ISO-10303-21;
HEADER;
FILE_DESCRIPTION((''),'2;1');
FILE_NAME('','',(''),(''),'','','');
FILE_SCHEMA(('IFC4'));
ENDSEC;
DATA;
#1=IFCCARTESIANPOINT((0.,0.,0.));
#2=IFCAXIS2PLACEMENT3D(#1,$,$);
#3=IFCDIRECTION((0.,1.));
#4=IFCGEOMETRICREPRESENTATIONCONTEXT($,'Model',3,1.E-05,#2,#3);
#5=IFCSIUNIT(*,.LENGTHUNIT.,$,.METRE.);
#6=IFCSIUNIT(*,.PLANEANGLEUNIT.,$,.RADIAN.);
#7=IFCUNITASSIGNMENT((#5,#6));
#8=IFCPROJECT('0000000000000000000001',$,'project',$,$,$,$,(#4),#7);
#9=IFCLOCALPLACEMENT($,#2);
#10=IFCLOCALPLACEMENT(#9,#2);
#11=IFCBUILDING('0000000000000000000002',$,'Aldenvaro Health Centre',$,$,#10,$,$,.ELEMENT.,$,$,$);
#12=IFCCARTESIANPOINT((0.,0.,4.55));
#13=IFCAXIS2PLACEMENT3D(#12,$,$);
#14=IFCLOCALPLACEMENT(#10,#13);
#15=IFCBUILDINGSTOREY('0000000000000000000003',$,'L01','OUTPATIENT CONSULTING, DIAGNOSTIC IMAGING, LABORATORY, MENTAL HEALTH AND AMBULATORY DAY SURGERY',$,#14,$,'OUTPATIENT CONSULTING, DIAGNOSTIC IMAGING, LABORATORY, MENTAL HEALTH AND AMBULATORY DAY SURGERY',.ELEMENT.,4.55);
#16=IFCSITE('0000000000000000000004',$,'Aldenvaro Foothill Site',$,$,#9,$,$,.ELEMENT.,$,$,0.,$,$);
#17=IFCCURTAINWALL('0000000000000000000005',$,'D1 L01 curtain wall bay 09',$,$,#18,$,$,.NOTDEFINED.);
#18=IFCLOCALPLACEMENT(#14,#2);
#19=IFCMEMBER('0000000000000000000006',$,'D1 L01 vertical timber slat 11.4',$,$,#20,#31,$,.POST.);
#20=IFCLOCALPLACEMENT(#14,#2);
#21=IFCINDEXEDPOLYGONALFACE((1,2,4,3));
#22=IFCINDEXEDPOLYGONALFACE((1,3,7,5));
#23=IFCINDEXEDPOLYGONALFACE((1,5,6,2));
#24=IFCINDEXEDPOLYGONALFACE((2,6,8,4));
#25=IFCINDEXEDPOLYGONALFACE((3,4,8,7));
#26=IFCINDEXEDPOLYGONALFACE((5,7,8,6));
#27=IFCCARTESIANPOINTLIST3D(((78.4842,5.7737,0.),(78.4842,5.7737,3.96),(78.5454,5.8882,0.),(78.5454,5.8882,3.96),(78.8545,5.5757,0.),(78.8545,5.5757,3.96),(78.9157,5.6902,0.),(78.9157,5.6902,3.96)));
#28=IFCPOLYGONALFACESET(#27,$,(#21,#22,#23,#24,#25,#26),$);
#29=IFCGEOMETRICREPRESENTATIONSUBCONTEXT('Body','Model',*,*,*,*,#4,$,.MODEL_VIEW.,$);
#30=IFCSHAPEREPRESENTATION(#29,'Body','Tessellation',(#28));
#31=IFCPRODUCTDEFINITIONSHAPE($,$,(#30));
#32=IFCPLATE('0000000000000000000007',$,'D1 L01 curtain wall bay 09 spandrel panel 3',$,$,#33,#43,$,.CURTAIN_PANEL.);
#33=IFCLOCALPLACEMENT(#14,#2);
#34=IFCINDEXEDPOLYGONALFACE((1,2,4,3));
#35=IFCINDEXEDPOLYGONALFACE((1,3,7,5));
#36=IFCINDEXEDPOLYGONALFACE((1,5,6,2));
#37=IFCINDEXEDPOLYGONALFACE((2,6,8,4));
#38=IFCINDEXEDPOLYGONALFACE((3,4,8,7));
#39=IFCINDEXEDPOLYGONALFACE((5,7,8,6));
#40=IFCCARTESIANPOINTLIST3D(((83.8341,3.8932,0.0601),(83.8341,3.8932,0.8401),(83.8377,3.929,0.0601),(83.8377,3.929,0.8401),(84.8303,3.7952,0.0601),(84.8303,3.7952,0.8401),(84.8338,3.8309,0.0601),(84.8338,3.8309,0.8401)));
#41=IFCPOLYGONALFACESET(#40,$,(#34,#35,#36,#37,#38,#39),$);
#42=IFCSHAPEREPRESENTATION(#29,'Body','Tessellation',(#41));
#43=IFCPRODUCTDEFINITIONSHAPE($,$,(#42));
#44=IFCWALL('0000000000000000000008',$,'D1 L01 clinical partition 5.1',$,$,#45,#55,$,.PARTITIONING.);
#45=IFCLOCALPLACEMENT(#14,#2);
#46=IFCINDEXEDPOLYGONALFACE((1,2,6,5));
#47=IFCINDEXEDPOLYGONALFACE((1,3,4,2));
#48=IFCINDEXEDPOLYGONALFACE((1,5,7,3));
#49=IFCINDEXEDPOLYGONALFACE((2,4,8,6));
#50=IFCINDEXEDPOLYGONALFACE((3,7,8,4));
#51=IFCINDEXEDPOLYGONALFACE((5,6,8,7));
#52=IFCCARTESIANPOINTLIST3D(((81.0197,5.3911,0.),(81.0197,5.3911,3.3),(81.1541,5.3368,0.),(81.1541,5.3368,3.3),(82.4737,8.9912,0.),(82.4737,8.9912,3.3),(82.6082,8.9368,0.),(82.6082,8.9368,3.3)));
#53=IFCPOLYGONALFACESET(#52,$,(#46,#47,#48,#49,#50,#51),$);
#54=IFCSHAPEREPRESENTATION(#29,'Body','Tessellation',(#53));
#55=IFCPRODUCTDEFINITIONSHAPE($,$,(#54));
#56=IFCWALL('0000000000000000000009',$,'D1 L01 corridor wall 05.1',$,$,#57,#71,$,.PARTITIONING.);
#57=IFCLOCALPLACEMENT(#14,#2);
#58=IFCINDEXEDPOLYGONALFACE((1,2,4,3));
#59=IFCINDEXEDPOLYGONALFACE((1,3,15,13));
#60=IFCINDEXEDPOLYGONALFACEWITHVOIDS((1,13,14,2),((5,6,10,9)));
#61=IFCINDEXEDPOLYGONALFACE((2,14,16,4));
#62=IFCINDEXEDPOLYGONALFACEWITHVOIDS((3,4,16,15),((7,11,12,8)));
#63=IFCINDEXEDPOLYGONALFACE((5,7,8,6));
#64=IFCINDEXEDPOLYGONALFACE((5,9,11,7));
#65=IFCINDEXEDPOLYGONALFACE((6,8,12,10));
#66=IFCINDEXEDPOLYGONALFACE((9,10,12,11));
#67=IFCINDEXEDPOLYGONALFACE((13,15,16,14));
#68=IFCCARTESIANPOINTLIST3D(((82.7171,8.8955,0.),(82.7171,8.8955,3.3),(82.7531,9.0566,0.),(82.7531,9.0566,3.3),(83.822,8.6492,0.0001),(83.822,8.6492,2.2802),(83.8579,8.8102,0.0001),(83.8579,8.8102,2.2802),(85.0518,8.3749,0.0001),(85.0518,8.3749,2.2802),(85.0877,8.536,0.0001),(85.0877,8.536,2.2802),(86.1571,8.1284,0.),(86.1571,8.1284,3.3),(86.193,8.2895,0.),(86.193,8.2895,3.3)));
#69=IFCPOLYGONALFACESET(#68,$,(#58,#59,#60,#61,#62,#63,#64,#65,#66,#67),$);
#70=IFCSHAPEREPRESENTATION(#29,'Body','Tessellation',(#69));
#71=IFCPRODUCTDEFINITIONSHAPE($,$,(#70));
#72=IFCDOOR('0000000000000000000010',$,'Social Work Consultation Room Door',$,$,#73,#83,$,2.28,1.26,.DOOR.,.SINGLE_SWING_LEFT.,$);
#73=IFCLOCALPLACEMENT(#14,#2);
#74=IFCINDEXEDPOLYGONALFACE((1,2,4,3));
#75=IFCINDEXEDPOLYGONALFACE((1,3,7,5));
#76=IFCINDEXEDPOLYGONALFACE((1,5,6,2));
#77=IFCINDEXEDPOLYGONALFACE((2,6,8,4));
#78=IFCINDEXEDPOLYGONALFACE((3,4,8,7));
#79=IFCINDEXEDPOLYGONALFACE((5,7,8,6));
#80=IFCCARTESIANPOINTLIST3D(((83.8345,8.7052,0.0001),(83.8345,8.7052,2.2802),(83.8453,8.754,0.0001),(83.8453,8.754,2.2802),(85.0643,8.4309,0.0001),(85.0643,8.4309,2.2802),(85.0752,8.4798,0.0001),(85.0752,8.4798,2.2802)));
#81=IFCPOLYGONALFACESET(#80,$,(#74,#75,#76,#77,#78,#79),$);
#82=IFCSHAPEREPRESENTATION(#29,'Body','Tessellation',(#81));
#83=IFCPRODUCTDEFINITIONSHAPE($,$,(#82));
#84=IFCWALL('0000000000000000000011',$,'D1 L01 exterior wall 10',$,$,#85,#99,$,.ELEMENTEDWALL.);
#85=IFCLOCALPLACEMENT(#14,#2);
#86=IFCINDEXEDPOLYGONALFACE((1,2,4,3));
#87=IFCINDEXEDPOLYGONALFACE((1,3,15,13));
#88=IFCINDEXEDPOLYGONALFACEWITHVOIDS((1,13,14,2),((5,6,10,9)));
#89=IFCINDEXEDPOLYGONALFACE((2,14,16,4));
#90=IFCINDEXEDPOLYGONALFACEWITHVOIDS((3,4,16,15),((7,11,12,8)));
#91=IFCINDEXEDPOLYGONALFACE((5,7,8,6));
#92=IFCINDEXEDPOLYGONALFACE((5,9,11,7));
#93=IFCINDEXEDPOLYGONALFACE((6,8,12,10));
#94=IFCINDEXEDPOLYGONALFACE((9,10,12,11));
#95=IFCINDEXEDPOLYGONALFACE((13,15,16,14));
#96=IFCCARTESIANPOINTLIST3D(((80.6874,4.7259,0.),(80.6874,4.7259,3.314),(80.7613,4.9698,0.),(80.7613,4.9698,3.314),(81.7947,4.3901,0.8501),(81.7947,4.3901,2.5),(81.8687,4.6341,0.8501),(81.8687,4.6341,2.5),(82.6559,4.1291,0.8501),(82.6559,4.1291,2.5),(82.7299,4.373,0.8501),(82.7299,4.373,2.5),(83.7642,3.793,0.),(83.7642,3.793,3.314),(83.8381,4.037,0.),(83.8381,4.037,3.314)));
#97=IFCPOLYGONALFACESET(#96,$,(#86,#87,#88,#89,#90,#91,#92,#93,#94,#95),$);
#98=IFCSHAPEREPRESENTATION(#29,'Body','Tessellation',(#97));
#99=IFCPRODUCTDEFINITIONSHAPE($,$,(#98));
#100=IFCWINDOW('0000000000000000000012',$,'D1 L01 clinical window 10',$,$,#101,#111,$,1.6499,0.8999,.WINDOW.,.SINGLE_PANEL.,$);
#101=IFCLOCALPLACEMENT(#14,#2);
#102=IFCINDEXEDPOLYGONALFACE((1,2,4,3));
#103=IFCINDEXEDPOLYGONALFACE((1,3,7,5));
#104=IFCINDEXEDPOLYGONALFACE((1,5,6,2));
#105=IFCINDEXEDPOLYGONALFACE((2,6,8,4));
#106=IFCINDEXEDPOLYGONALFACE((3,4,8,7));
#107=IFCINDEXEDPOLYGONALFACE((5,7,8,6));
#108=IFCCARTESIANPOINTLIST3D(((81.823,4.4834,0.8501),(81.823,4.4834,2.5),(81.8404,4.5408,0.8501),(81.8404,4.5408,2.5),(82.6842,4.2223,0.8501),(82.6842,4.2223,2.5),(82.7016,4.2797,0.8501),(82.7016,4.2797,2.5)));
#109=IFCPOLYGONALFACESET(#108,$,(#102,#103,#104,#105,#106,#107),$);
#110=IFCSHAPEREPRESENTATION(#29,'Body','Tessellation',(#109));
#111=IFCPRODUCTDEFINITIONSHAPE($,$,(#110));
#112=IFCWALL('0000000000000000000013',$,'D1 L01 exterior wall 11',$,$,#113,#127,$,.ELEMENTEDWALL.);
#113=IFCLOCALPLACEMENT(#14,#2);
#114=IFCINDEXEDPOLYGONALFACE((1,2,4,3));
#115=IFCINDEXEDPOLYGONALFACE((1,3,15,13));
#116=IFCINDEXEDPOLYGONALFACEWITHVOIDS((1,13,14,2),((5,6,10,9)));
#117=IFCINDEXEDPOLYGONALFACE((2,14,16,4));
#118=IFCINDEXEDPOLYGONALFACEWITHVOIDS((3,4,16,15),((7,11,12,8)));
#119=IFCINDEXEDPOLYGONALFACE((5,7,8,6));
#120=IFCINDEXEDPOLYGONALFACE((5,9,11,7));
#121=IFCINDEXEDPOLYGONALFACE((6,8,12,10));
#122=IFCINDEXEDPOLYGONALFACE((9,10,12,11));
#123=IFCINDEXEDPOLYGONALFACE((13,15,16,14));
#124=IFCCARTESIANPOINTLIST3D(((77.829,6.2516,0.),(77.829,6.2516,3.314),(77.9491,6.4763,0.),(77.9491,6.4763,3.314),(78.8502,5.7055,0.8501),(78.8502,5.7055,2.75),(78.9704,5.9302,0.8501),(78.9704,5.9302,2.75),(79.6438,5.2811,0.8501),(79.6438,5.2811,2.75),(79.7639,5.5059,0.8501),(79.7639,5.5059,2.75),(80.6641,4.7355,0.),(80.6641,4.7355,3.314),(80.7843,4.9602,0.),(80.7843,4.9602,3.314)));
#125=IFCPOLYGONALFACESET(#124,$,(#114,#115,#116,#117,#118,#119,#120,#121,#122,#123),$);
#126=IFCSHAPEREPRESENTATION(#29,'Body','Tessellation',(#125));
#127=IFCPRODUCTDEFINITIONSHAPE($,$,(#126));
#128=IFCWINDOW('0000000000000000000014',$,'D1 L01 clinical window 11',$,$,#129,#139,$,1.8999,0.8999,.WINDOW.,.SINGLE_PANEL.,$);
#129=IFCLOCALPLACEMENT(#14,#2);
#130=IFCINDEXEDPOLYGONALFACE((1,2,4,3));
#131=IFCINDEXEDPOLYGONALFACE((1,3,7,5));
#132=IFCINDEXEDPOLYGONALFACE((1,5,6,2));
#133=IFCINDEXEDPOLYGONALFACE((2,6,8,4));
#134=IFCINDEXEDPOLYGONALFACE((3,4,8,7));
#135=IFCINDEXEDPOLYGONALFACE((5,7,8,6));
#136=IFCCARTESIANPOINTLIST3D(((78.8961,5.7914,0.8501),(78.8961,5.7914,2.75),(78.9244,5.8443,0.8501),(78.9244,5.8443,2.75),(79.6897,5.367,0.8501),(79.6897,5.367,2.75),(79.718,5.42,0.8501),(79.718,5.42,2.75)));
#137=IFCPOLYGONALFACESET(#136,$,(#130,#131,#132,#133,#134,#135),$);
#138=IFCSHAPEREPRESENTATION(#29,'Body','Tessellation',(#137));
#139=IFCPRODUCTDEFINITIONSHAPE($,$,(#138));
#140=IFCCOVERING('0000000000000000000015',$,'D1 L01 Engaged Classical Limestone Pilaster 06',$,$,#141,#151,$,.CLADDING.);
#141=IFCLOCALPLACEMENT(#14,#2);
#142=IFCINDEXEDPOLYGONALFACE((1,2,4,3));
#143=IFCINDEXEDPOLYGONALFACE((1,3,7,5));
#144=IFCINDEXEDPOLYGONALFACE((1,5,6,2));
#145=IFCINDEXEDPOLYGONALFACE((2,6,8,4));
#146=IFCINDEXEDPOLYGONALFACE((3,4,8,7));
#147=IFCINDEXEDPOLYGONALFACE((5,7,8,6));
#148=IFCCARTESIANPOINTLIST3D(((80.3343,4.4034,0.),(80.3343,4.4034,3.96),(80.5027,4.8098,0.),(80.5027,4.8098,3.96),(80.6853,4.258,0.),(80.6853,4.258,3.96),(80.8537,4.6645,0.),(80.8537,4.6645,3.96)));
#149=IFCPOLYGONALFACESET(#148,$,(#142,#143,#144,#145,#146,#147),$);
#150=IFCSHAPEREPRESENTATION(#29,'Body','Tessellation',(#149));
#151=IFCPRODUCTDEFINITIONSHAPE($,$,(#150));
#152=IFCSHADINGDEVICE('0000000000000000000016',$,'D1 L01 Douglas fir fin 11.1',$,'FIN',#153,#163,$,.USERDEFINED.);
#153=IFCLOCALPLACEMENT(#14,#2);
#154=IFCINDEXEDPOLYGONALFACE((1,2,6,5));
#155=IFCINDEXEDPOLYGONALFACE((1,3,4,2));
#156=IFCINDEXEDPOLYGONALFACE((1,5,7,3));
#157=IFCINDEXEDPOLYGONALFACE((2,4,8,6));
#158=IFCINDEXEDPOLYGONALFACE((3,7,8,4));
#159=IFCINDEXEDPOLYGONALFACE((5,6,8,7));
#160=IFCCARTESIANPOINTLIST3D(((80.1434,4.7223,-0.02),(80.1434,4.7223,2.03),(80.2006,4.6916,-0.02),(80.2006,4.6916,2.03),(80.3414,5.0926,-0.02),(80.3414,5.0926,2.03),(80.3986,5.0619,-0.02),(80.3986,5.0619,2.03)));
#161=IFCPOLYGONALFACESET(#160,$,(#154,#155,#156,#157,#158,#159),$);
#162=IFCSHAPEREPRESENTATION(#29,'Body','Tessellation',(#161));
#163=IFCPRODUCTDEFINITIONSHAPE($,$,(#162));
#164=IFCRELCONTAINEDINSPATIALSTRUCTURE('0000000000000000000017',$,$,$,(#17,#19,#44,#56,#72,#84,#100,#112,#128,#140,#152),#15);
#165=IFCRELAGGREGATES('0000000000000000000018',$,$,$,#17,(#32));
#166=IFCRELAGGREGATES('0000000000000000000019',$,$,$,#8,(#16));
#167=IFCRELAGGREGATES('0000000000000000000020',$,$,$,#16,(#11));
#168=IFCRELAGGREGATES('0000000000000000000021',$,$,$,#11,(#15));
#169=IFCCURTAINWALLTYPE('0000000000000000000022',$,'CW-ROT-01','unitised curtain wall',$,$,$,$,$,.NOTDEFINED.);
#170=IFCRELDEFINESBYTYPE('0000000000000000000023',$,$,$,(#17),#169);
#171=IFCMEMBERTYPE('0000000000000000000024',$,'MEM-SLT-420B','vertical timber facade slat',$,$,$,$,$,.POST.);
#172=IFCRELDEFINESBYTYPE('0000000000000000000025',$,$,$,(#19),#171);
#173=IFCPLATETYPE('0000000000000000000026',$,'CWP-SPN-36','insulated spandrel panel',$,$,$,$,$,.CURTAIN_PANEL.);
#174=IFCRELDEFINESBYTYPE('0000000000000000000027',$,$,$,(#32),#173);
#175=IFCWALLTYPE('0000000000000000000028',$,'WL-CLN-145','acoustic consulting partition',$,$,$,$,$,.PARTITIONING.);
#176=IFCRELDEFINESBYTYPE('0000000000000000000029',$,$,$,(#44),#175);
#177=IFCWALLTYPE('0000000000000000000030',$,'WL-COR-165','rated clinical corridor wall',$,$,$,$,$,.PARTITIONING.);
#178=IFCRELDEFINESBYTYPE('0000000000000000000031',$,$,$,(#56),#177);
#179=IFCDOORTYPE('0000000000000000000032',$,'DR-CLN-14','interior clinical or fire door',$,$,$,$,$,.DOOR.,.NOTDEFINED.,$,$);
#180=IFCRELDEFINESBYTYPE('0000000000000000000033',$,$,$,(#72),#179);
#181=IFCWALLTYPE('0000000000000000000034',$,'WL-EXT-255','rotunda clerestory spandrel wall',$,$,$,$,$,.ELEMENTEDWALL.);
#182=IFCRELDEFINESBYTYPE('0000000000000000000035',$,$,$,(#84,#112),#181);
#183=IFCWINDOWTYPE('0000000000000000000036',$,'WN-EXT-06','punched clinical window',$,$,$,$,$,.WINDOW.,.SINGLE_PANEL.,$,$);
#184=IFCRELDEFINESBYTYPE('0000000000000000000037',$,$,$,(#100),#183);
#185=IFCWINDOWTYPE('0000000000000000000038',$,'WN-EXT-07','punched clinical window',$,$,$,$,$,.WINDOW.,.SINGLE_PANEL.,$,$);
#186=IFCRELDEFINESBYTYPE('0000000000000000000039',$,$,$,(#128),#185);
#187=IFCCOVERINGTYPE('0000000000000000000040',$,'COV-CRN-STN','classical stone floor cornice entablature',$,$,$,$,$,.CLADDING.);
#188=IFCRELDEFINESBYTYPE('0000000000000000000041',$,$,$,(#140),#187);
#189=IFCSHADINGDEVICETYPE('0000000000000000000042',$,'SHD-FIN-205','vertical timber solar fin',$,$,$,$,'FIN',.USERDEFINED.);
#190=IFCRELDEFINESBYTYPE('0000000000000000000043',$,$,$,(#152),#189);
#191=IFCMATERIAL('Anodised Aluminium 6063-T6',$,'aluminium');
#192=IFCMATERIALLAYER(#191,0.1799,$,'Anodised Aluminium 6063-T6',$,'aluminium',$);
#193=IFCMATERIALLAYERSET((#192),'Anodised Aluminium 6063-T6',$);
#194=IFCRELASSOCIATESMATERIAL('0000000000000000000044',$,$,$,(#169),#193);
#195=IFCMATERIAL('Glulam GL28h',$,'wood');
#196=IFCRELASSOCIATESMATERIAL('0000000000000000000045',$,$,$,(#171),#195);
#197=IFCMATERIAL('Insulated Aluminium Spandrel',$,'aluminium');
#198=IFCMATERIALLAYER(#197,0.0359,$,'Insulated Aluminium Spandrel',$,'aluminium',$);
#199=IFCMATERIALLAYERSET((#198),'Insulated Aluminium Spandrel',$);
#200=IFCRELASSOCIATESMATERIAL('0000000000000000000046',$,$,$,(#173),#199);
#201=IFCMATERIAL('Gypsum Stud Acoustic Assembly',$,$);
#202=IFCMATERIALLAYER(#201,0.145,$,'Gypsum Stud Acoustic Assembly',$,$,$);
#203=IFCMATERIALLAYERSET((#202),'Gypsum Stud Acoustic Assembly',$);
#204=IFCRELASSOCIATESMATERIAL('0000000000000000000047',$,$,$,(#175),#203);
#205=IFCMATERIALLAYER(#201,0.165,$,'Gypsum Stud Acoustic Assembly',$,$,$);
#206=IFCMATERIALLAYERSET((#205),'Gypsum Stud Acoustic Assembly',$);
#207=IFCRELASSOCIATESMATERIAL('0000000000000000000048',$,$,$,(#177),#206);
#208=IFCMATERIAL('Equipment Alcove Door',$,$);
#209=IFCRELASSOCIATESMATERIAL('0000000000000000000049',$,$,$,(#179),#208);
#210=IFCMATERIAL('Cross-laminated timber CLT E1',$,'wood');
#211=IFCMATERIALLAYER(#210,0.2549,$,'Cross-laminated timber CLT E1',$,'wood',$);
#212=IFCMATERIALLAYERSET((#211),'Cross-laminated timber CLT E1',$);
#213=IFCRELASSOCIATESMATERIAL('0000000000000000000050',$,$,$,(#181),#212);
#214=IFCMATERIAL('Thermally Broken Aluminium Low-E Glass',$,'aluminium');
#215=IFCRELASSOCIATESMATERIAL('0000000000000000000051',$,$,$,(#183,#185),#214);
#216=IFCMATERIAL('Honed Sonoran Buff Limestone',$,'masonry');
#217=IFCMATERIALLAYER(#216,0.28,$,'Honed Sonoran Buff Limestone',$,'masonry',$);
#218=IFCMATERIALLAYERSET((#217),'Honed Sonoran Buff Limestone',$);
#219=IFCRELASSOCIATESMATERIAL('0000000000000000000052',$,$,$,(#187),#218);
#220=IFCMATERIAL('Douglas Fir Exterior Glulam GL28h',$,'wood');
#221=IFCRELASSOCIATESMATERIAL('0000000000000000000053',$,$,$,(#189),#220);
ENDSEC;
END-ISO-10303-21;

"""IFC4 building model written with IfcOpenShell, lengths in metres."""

from ifc_helpers import new_model, si_unit, direction, frame, frame_2d, origin, origin_2d, place, context, subcontext, project, spatial, rectangle, extrude, material, layer, layer_set, material_profile, profile_set, type_object, element, fill, aggregate, save


model = new_model("IFC4")

# Units and contexts
model_context = context("Model", 3, precision=1e-05, world=origin(), true_north=direction((0.0, 1.0)))
body_context = subcontext(model_context, "Body", "Model", "MODEL_VIEW")
ifc_project = project(units=[si_unit("LENGTHUNIT", "METRE"), si_unit("PLANEANGLEUNIT", "RADIAN")], contexts=[model_context])

# Site, building, storey
site_placement = place(None, origin())
site = spatial("IfcSite", under=ifc_project, at=site_placement, Name="Aldenvaro Foothill Site", CompositionType="ELEMENT", RefElevation=0.0)
building_placement = place(site_placement, origin())
building = spatial("IfcBuilding", under=site, at=building_placement, Name="Aldenvaro Health Centre", CompositionType="ELEMENT")
storey_placement = place(building_placement, frame((0.0, 0.0, 4.55)))
storey = spatial("IfcBuildingStorey", under=building, at=storey_placement, Name="L01", Description="OUTPATIENT CONSULTING, DIAGNOSTIC IMAGING, LABORATORY, MENTAL HEALTH AND AMBULATORY DAY SURGERY", LongName="OUTPATIENT CONSULTING, DIAGNOSTIC IMAGING, LABORATORY, MENTAL HEALTH AND AMBULATORY DAY SURGERY", CompositionType="ELEMENT", Elevation=4.55)

# Shared definitions
ifc_material_1 = material(Name="Glulam GL28h", Category="wood")

# Curtain wall
ifc_material_2 = material(Name="Anodised Aluminium 6063-T6", Category="aluminium")
ifc_layer_1 = layer(ifc_material_2, 0.1799, Name="Anodised Aluminium 6063-T6", Category="aluminium")
ifc_layer_set_1 = layer_set([ifc_layer_1], Name="Anodised Aluminium 6063-T6")
curtain_wall_type = type_object("IfcCurtainWallType", Name="CW-ROT-01", Description="unitised curtain wall", PredefinedType="NOTDEFINED", material=ifc_layer_set_1)
curtain_wall_placement = place(storey_placement, origin())
curtain_wall = element("IfcCurtainWall", 1, at=curtain_wall_placement, inside=storey, type_object=curtain_wall_type, Name="D1 L01 curtain wall bay 09", PredefinedType="NOTDEFINED")

# Member
ifc_material_profile_1 = material_profile(ifc_material_1, rectangle(XDim=0.1299, YDim=0.4199, at=origin_2d()), Name="GL 130x420", Category="wood")
ifc_profile_set_1 = profile_set([ifc_material_profile_1], Name="Glulam GL28h")
member_type_1 = type_object("IfcMemberType", Name="MEM-SLT-420B", Description="vertical timber facade slat", PredefinedType="POST", material=ifc_profile_set_1)
for number, where, z_axis, x_axis, name in (
    (2, (78.7, 5.7319, 0.0), (0.0, 0.0, 1.0), (-0.471557, -0.881836, 0.0), "D1 L01 vertical timber slat 11.4"),
):
    element("IfcMember", number, at=place(storey_placement, frame(where, z_axis=z_axis, x_axis=x_axis)), inside=storey, type_object=member_type_1, Name=name, PredefinedType="POST", context=body_context, shape_type="SweptSolid", body=[
        extrude(rectangle(XDim=0.1299, YDim=0.4199, at=origin_2d()), origin(), (0.0, 0.0, 1.0), 3.96),
    ])

# Plate
ifc_material_3 = material(Name="Insulated Aluminium Spandrel", Category="aluminium")
ifc_layer_2 = layer(ifc_material_3, 0.0359, Name="Insulated Aluminium Spandrel", Category="aluminium")
ifc_layer_set_2 = layer_set([ifc_layer_2], Name="Insulated Aluminium Spandrel")
plate_type = type_object("IfcPlateType", Name="CWP-SPN-36", Description="insulated spandrel panel", PredefinedType="CURTAIN_PANEL", material=ifc_layer_set_2)
plate_placement = place(storey_placement, frame((84.334, 3.8621, 0.0601), z_axis=(0.0, 0.0, 1.0), x_axis=(-0.995187, 0.097994, 0.0)))
plate = element("IfcPlate", 3, at=plate_placement, type_object=plate_type, Name="D1 L01 curtain wall bay 09 spandrel panel 3", PredefinedType="CURTAIN_PANEL", context=body_context, shape_type="SweptSolid", body=[
    extrude(rectangle(XDim=1.001, YDim=0.0359, at=origin_2d()), origin(), (0.0, 0.0, 1.0), 0.78),
])
aggregate(curtain_wall, [plate])

# Wall
ifc_material_4 = material(Name="Gypsum Stud Acoustic Assembly")
ifc_layer_3 = layer(ifc_material_4, 0.145, Name="Gypsum Stud Acoustic Assembly")
ifc_layer_set_3 = layer_set([ifc_layer_3], Name="Gypsum Stud Acoustic Assembly")
wall_type_1 = type_object("IfcWallType", Name="WL-CLN-145", Description="acoustic consulting partition", PredefinedType="PARTITIONING", material=ifc_layer_set_3)
wall_1_placement = place(storey_placement, frame((82.541, 8.9641, 0.0), z_axis=(0.0, 0.0, 1.0), x_axis=(-0.374511, -0.927223, 0.0)))
element("IfcWall", 4, at=wall_1_placement, inside=storey, type_object=wall_type_1, Name="D1 L01 clinical partition 5.1", PredefinedType="PARTITIONING", context=body_context, shape_type="SweptSolid", body=[
    extrude(rectangle(XDim=3.8826, YDim=0.145, at=frame_2d((1.9414, 0.0))), origin(), (0.0, 0.0, 1.0), 3.3),
])

# Wall, opening, door
ifc_layer_4 = layer(ifc_material_4, 0.165, Name="Gypsum Stud Acoustic Assembly")
ifc_layer_set_4 = layer_set([ifc_layer_4], Name="Gypsum Stud Acoustic Assembly")
wall_type_2 = type_object("IfcWallType", Name="WL-COR-165", Description="rated clinical corridor wall", PredefinedType="PARTITIONING", material=ifc_layer_set_4)
wall_2_placement = place(storey_placement, frame((82.7351, 8.9761, 0.0), z_axis=(0.0, 0.0, 1.0), x_axis=(0.976027, -0.217649, 0.0)))
wall_2 = element("IfcWall", 5, at=wall_2_placement, inside=storey, type_object=wall_type_2, Name="D1 L01 corridor wall 05.1", PredefinedType="PARTITIONING", context=body_context, shape_type="SweptSolid", body=[
    extrude(rectangle(XDim=3.5244, YDim=0.165, at=frame_2d((1.7622, 0.0))), origin(), (0.0, 0.0, 1.0), 3.3),
])
opening_1_placement = place(wall_2_placement, frame((1.1321, 0.0, 0.0)))
opening_1 = element("IfcOpeningElement", 6, at=opening_1_placement, cuts=wall_2, PredefinedType="OPENING", context=body_context, shape_type="SweptSolid", body=[
    extrude(rectangle(XDim=1.26, YDim=2.28, at=frame_2d((0.6299, 1.1401))), frame((0.0, 0.0925, 0.0), z_axis=(0.0, -1.0, 0.0), x_axis=(1.0, 0.0, 0.0)), (0.0, 0.0, 1.0), 0.1851),
])
ifc_material_5 = material(Name="Equipment Alcove Door")
door_type = type_object("IfcDoorType", Name="DR-CLN-14", Description="interior clinical or fire door", OperationType="NOTDEFINED", PredefinedType="DOOR", material=ifc_material_5)
door_placement = place(opening_1_placement, origin())
door = element("IfcDoor", 7, at=door_placement, inside=storey, type_object=door_type, Name="Social Work Consultation Room Door", OperationType="SINGLE_SWING_LEFT", OverallHeight=2.28, OverallWidth=1.26, PredefinedType="DOOR", context=body_context, shape_type="SweptSolid", body=[
    extrude(rectangle(XDim=1.26, YDim=2.28, at=frame_2d((0.6299, 1.1401))), frame((0.0, 0.0249, 0.0), z_axis=(0.0, -1.0, 0.0), x_axis=(1.0, 0.0, 0.0)), (0.0, 0.0, 1.0), 0.05),
])
fill(opening_1, door)

# Walls, openings, windows
ifc_material_6 = material(Name="Cross-laminated timber CLT E1", Category="wood")
ifc_layer_5 = layer(ifc_material_6, 0.2549, Name="Cross-laminated timber CLT E1", Category="wood")
ifc_layer_set_5 = layer_set([ifc_layer_5], Name="Cross-laminated timber CLT E1")
wall_type_3 = type_object("IfcWallType", Name="WL-EXT-255", Description="rotunda clerestory spandrel wall", PredefinedType="ELEMENTEDWALL", material=ifc_layer_set_5)
wall_3_placement = place(storey_placement, frame((83.801, 3.915, 0.0), z_axis=(0.0, 0.0, 1.0), x_axis=(-0.956984, 0.29014, 0.0)))
wall_3 = element("IfcWall", 8, at=wall_3_placement, inside=storey, type_object=wall_type_3, Name="D1 L01 exterior wall 10", PredefinedType="ELEMENTEDWALL", context=body_context, shape_type="SweptSolid", body=[
    extrude(rectangle(XDim=3.2151, YDim=0.2549, at=frame_2d((1.6074, 0.0))), origin(), (0.0, 0.0, 1.0), 3.314),
])
opening_2_placement = place(wall_3_placement, frame((1.158, 0.0, 0.8501)))
opening_2 = element("IfcOpeningElement", 9, at=opening_2_placement, cuts=wall_3, PredefinedType="OPENING", context=body_context, shape_type="SweptSolid", body=[
    extrude(rectangle(XDim=0.8999, YDim=1.6499, at=frame_2d((0.45, 0.825))), frame((0.0, 0.1375, 0.0), z_axis=(0.0, -1.0, 0.0), x_axis=(1.0, 0.0, 0.0)), (0.0, 0.0, 1.0), 0.2749),
])
ifc_material_7 = material(Name="Thermally Broken Aluminium Low-E Glass", Category="aluminium")
window_type_1 = type_object("IfcWindowType", Name="WN-EXT-06", Description="punched clinical window", PartitioningType="SINGLE_PANEL", PredefinedType="WINDOW", material=ifc_material_7)
window_1_placement = place(opening_2_placement, origin())
window_1 = element("IfcWindow", 10, at=window_1_placement, inside=storey, type_object=window_type_1, Name="D1 L01 clinical window 10", OverallHeight=1.6499, OverallWidth=0.8999, PartitioningType="SINGLE_PANEL", PredefinedType="WINDOW", context=body_context, shape_type="SweptSolid", body=[
    extrude(rectangle(XDim=0.8999, YDim=1.6499, at=frame_2d((0.45, 0.825))), frame((0.0, 0.03, 0.0), z_axis=(0.0, -1.0, 0.0), x_axis=(1.0, 0.0, 0.0)), (0.0, 0.0, 1.0), 0.0601),
])
fill(opening_2, window_1)
wall_4_placement = place(storey_placement, frame((80.7241, 4.8479, 0.0), z_axis=(0.0, 0.0, 1.0), x_axis=(-0.881835, 0.471558, 0.0)))
wall_4 = element("IfcWall", 11, at=wall_4_placement, inside=storey, type_object=wall_type_3, Name="D1 L01 exterior wall 11", PredefinedType="ELEMENTEDWALL", context=body_context, shape_type="SweptSolid", body=[
    extrude(rectangle(XDim=3.2151, YDim=0.2549, at=frame_2d((1.6074, 0.0))), origin(), (0.0, 0.0, 1.0), 3.314),
])
opening_3_placement = place(wall_4_placement, frame((1.157, 0.0, 0.8501)))
opening_3 = element("IfcOpeningElement", 12, at=opening_3_placement, cuts=wall_4, PredefinedType="OPENING", context=body_context, shape_type="SweptSolid", body=[
    extrude(rectangle(XDim=0.8999, YDim=1.8999, at=frame_2d((0.45, 0.95))), frame((0.0, 0.1375, 0.0), z_axis=(0.0, -1.0, 0.0), x_axis=(1.0, 0.0, 0.0)), (0.0, 0.0, 1.0), 0.2749),
])
window_type_2 = type_object("IfcWindowType", Name="WN-EXT-07", Description="punched clinical window", PartitioningType="SINGLE_PANEL", PredefinedType="WINDOW", material=ifc_material_7)
window_2_placement = place(opening_3_placement, origin())
window_2 = element("IfcWindow", 13, at=window_2_placement, inside=storey, type_object=window_type_2, Name="D1 L01 clinical window 11", OverallHeight=1.8999, OverallWidth=0.8999, PartitioningType="SINGLE_PANEL", PredefinedType="WINDOW", context=body_context, shape_type="SweptSolid", body=[
    extrude(rectangle(XDim=0.8999, YDim=1.8999, at=frame_2d((0.45, 0.95))), frame((0.0, 0.03, 0.0), z_axis=(0.0, -1.0, 0.0), x_axis=(1.0, 0.0, 0.0)), (0.0, 0.0, 1.0), 0.0601),
])
fill(opening_3, window_2)

# Covering
ifc_material_8 = material(Name="Honed Sonoran Buff Limestone", Category="masonry")
ifc_layer_6 = layer(ifc_material_8, 0.28, Name="Honed Sonoran Buff Limestone", Category="masonry")
ifc_layer_set_6 = layer_set([ifc_layer_6], Name="Honed Sonoran Buff Limestone")
covering_type = type_object("IfcCoveringType", Name="COV-CRN-STN", Description="classical stone floor cornice entablature", PredefinedType="CLADDING", material=ifc_layer_set_6)
covering_placement = place(storey_placement, frame((80.594, 4.5339, 0.0), z_axis=(0.0, 0.0, 1.0), x_axis=(-0.382675, -0.923883, 0.0)))
element("IfcCovering", 14, at=covering_placement, inside=storey, type_object=covering_type, Name="D1 L01 Engaged Classical Limestone Pilaster 06", PredefinedType="CLADDING", context=body_context, shape_type="SweptSolid", body=[
    extrude(rectangle(XDim=0.4399, YDim=0.3799, at=origin_2d()), origin(), (0.0, 0.0, 1.0), 3.96),
])

# Shading device
ifc_material_9 = material(Name="Douglas Fir Exterior Glulam GL28h", Category="wood")
shading_device_type_1 = type_object("IfcShadingDeviceType", Name="SHD-FIN-205", Description="vertical timber solar fin", ElementType="FIN", PredefinedType="USERDEFINED", material=ifc_material_9)
shading_device_1_placement = place(storey_placement, frame((80.271, 4.8921, -0.02), z_axis=(0.0, 0.0, 1.0), x_axis=(-0.881836, 0.471557, 0.0)))
element("IfcShadingDevice", 15, at=shading_device_1_placement, inside=storey, type_object=shading_device_type_1, Name="D1 L01 Douglas fir fin 11.1", ObjectType="FIN", PredefinedType="USERDEFINED", context=body_context, shape_type="SweptSolid", body=[
    extrude(rectangle(XDim=0.0649, YDim=0.4199, at=origin_2d()), origin(), (0.0, 0.0, 1.0), 2.05),
])

save(model, "model.ifc")
